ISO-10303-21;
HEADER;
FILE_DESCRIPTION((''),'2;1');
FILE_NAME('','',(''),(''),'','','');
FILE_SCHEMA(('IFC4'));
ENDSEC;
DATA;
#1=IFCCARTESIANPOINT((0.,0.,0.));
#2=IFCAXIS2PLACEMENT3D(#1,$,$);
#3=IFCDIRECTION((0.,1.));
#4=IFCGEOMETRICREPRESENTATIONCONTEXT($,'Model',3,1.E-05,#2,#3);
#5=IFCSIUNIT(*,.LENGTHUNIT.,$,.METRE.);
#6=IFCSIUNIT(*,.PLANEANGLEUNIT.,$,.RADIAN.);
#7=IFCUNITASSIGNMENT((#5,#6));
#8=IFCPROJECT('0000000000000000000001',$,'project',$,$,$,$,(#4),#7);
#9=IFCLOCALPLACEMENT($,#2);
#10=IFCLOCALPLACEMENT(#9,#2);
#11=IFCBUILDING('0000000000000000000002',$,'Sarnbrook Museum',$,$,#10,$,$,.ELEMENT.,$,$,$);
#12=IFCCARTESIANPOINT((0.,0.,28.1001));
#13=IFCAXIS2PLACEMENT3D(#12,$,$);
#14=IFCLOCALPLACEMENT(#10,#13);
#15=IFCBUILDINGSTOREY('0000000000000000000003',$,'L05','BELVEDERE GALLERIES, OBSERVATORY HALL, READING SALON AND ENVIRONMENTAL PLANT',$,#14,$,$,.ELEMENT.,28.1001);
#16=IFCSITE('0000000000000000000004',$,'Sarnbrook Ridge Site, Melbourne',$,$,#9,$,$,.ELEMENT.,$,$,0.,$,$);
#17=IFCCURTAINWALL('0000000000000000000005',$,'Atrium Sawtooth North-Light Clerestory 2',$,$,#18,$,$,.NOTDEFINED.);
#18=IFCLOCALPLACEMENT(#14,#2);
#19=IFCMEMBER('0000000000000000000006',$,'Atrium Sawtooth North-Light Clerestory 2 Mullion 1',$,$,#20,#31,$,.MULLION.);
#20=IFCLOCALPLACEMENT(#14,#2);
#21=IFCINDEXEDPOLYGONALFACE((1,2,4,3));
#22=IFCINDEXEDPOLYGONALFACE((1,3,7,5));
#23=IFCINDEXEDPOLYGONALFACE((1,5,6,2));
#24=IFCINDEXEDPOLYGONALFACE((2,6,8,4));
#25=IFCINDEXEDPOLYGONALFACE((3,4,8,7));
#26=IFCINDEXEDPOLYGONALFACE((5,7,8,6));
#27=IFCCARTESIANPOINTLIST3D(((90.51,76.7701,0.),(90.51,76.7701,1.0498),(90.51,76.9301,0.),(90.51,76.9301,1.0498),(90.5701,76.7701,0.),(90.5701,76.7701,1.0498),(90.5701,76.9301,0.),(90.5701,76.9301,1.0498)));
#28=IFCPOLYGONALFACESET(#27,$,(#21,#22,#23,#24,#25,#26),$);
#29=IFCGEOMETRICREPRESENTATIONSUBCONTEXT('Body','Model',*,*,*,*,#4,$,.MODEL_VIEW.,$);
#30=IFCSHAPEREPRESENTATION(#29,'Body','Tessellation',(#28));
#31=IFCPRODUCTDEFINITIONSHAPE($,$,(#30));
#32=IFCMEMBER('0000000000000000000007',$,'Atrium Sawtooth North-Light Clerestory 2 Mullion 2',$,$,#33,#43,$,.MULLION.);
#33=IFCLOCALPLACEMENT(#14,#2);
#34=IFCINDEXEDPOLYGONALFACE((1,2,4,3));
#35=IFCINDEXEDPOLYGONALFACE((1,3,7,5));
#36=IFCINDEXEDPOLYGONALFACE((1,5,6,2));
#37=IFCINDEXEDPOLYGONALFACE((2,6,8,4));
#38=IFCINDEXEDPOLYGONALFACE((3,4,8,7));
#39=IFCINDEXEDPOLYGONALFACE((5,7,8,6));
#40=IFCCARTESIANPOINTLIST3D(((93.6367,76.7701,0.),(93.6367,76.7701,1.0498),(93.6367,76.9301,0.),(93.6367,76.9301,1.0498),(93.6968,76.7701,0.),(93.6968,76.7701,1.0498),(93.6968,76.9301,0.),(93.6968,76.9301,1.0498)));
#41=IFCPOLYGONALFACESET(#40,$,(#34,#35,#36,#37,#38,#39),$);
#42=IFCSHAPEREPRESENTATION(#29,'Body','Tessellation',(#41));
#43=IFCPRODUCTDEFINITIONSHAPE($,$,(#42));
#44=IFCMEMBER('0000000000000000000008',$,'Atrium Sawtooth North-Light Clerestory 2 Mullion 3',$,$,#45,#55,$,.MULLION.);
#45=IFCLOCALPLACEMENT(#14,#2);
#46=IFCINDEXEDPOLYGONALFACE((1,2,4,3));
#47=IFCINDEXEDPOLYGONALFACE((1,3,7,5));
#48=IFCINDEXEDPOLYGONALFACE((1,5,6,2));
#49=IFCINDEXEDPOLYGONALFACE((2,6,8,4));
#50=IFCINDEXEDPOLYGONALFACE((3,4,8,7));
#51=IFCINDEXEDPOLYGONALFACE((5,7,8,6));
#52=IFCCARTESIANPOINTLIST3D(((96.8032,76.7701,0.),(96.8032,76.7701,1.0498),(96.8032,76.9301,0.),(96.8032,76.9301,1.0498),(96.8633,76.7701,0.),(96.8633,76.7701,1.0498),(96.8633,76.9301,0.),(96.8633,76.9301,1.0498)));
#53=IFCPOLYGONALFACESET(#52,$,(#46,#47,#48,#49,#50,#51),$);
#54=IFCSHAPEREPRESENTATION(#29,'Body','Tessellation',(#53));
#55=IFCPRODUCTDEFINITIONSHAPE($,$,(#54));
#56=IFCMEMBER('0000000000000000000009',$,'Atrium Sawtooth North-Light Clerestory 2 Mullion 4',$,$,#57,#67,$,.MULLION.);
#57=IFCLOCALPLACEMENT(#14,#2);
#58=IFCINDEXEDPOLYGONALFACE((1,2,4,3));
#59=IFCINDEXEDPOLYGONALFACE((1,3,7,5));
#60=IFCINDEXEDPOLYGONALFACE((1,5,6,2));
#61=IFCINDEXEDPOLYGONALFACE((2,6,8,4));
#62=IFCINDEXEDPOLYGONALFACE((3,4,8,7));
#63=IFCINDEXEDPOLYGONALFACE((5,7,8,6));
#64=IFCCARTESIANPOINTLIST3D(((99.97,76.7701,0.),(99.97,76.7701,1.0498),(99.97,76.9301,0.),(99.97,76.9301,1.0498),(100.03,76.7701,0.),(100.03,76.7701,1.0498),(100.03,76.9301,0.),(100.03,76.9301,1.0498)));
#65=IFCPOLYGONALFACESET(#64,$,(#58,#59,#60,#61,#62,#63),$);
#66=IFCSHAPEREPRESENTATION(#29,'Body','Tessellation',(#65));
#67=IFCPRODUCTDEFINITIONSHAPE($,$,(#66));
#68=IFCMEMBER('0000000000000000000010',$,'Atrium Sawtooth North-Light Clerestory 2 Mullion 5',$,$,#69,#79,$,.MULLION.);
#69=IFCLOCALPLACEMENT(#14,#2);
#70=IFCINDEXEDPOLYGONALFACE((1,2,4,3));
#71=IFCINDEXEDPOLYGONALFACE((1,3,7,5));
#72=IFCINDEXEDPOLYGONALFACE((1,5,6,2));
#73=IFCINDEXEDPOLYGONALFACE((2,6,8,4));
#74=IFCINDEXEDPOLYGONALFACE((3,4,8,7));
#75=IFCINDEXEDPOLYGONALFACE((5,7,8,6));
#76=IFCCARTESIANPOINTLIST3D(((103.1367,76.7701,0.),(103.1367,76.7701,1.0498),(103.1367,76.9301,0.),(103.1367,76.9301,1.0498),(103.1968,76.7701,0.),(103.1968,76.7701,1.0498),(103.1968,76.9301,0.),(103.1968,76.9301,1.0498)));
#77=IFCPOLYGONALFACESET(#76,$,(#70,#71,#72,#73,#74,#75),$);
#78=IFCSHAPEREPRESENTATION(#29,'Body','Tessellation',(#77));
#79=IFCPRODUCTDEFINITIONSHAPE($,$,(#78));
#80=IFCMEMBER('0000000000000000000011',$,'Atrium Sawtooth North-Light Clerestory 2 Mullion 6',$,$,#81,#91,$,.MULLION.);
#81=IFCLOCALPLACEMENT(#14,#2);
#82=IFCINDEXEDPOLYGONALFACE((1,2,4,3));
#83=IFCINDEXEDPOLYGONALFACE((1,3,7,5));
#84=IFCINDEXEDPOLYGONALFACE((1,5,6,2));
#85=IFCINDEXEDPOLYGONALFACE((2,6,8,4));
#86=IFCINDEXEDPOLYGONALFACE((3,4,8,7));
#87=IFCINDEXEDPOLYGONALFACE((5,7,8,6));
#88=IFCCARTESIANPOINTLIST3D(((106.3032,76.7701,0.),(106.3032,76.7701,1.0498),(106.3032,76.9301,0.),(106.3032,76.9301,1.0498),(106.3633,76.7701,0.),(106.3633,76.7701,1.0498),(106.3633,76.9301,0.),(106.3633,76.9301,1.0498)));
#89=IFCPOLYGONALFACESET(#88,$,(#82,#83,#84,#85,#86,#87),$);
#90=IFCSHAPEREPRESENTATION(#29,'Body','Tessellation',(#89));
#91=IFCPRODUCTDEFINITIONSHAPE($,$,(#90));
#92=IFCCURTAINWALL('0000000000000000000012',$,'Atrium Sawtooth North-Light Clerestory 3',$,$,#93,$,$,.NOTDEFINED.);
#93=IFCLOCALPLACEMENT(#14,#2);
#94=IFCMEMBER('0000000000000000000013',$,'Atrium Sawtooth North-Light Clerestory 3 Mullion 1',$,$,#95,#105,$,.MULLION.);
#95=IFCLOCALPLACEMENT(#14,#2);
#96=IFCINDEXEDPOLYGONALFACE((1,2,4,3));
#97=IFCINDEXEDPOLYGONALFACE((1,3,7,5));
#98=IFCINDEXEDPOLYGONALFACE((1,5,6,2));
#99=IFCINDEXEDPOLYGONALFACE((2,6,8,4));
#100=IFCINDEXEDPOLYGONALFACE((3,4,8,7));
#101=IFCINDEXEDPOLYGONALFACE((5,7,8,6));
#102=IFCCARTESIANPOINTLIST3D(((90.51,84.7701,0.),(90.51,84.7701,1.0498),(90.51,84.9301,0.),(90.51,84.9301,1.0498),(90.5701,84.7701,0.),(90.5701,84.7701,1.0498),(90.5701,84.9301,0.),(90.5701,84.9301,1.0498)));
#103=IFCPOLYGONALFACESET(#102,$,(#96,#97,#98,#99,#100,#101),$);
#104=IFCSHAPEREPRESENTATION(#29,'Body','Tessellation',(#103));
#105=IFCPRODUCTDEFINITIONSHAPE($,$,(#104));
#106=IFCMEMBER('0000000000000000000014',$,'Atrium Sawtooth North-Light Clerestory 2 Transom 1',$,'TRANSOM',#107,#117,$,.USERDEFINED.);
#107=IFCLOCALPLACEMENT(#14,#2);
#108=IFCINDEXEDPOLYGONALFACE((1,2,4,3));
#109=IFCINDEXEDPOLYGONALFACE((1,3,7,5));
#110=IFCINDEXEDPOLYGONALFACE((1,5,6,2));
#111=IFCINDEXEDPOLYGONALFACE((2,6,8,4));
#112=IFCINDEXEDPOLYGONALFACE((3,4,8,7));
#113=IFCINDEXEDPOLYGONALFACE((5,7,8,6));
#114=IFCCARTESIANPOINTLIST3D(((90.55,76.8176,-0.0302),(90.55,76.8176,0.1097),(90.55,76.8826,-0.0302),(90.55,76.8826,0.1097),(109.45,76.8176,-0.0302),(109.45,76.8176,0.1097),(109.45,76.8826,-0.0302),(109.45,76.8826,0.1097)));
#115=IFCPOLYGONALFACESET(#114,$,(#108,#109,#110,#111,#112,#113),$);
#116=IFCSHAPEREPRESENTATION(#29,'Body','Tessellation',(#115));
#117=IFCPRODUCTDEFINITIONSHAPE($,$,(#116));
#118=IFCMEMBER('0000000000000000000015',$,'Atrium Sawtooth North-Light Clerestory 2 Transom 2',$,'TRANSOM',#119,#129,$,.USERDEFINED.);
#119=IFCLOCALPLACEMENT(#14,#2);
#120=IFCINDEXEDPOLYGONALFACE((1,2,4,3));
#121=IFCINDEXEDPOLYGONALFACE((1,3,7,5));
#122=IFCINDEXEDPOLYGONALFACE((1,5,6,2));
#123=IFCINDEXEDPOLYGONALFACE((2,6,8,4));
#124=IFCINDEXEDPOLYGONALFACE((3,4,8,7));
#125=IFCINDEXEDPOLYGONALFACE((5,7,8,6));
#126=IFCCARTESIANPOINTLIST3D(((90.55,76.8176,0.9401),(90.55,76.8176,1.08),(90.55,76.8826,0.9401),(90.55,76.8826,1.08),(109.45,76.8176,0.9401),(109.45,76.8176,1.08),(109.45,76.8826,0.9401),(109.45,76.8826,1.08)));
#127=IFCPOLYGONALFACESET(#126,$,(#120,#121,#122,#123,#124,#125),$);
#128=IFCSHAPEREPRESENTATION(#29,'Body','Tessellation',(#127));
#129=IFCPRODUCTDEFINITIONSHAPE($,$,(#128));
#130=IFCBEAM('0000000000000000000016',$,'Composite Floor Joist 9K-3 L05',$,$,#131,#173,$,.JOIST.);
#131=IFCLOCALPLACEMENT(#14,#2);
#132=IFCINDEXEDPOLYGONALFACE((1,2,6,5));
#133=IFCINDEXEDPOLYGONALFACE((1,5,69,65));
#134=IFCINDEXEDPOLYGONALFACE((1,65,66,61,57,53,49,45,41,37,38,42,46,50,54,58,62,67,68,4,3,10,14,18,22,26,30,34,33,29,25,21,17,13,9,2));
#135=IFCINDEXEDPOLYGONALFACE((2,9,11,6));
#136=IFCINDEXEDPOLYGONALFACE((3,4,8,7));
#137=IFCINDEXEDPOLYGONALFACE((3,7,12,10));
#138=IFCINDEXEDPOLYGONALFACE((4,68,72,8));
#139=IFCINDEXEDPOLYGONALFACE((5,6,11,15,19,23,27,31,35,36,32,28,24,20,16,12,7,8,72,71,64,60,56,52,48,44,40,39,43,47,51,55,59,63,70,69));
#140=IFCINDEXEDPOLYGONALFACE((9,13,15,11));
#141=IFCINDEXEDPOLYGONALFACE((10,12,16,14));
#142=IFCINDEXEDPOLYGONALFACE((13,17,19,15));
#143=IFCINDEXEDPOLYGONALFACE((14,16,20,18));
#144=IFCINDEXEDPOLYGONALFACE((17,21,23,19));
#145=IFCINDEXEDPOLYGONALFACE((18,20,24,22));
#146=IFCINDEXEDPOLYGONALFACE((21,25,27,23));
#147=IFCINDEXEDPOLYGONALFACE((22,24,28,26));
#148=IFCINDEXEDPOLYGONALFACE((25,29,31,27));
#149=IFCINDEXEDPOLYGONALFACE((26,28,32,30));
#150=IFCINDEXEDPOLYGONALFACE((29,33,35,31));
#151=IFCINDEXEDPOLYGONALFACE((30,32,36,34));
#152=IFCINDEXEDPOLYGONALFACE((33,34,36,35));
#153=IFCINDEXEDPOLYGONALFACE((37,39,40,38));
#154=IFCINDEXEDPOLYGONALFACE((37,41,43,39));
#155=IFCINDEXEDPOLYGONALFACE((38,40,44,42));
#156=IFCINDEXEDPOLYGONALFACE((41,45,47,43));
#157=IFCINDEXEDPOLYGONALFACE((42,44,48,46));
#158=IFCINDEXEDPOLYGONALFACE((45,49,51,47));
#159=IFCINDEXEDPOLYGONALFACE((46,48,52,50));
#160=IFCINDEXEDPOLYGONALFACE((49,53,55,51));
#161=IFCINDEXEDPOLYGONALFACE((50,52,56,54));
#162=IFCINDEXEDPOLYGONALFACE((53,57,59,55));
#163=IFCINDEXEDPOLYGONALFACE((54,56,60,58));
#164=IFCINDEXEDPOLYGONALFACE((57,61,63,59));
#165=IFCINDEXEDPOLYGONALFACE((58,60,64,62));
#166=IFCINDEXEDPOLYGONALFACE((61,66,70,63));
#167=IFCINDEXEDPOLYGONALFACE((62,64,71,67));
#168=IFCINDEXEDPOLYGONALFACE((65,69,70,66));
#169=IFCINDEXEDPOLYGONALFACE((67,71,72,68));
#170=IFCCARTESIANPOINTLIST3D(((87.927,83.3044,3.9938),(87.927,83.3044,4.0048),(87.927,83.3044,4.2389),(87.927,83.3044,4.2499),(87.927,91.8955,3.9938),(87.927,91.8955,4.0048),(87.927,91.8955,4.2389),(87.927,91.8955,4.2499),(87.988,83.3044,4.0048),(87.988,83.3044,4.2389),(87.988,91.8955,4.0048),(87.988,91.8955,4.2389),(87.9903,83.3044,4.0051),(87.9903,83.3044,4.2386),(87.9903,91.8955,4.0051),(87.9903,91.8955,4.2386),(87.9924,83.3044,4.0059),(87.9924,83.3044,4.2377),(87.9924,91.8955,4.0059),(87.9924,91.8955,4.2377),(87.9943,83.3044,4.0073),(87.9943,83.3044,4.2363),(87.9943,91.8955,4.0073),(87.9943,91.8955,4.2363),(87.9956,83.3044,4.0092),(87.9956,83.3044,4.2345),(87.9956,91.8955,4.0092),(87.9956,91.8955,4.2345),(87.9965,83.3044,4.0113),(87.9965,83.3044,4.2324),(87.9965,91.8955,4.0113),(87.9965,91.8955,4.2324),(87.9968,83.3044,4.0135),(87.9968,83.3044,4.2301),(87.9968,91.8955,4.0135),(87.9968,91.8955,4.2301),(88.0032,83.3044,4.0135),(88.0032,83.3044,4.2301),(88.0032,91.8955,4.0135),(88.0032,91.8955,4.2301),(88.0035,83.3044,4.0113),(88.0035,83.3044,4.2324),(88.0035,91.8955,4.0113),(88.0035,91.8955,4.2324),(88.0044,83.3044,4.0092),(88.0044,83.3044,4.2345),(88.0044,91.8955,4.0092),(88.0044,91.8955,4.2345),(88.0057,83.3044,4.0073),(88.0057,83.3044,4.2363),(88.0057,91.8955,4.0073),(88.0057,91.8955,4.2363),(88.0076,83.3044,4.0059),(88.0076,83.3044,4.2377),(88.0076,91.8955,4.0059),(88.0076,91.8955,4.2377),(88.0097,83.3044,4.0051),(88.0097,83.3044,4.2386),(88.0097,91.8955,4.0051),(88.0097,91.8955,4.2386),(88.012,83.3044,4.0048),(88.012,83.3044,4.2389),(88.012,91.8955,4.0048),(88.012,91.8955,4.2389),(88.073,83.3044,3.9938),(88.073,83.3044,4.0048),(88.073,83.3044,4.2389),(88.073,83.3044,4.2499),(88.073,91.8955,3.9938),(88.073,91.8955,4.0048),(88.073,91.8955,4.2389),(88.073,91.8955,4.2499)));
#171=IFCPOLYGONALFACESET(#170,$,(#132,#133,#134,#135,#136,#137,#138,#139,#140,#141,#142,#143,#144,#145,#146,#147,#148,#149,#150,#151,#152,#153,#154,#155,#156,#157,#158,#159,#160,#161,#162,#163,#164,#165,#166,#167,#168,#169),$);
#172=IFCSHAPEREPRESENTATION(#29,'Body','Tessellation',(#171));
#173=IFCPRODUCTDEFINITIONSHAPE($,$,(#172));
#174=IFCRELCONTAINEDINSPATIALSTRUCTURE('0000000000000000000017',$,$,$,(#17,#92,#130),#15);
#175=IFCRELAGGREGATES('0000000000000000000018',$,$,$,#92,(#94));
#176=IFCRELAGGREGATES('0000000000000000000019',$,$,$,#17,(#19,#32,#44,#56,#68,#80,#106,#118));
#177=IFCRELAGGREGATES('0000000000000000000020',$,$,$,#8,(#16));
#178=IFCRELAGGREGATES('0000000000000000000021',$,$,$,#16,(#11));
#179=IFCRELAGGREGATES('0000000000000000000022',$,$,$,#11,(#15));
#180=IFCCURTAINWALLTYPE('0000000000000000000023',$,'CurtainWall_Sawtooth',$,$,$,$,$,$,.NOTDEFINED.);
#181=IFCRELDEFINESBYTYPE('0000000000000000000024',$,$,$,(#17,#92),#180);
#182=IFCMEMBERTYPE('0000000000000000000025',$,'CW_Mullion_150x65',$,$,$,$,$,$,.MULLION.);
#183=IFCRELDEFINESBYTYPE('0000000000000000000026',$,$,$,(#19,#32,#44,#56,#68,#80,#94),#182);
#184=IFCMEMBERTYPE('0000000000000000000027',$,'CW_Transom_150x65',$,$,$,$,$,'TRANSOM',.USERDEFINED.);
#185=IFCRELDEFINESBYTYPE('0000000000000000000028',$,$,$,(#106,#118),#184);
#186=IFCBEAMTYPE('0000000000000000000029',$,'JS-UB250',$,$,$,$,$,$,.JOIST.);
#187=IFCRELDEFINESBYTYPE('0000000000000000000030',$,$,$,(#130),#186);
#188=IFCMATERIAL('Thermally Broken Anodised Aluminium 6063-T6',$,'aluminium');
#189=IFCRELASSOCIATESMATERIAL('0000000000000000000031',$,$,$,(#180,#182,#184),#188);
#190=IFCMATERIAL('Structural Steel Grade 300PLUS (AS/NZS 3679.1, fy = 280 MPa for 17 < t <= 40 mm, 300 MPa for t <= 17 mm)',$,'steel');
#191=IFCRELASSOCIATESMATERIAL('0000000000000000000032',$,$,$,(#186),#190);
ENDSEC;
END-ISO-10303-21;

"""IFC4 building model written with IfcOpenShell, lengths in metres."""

from ifc_helpers import new_model, si_unit, direction, frame, origin, origin_2d, place, context, subcontext, project, spatial, rectangle, i_section, extrude, material, material_profile, profile_set, type_object, element, aggregate, save


model = new_model("IFC4")

# Units and contexts
model_context = context("Model", 3, precision=1e-05, world=origin(), true_north=direction((0.0, 1.0)))
body_context = subcontext(model_context, "Body", "Model", "MODEL_VIEW")
ifc_project = project(units=[si_unit("LENGTHUNIT", "METRE"), si_unit("PLANEANGLEUNIT", "RADIAN")], contexts=[model_context])

# Site, building, storey
site_placement = place(None, origin())
site = spatial("IfcSite", under=ifc_project, at=site_placement, Name="Sarnbrook Ridge Site, Melbourne", CompositionType="ELEMENT", RefElevation=0.0)
building_placement = place(site_placement, origin())
building = spatial("IfcBuilding", under=site, at=building_placement, Name="Sarnbrook Museum", CompositionType="ELEMENT")
storey_placement = place(building_placement, frame((0.0, 0.0, 28.1001)))
storey = spatial("IfcBuildingStorey", under=building, at=storey_placement, Name="L05", Description="BELVEDERE GALLERIES, OBSERVATORY HALL, READING SALON AND ENVIRONMENTAL PLANT", CompositionType="ELEMENT", Elevation=28.1001)

# Shared definitions
ifc_material_1 = material(Name="Structural Steel Grade 300PLUS (AS/NZS 3679.1, fy = 280 MPa for 17 < t <= 40 mm, 300 MPa for t <= 17 mm)", Category="steel")

# Curtain wall, members
ifc_material_2 = material(Name="Thermally Broken Anodised Aluminium 6063-T6", Category="aluminium")
curtain_wall_type = type_object("IfcCurtainWallType", Name="CurtainWall_Sawtooth", PredefinedType="NOTDEFINED", material=ifc_material_2)
curtain_wall_1_placement = place(storey_placement, origin())
curtain_wall_1 = element("IfcCurtainWall", 1, at=curtain_wall_1_placement, inside=storey, type_object=curtain_wall_type, Name="Atrium Sawtooth North-Light Clerestory 2", PredefinedType="NOTDEFINED")
ifc_material_profile_1 = material_profile(ifc_material_2, rectangle(XDim=0.0601, YDim=0.1599, at=origin_2d()), Name="ALU MULLION 60x160")
ifc_profile_set_1 = profile_set([ifc_material_profile_1], Name="Thermally Broken Anodised Aluminium 6063-T6")
member_type_1 = type_object("IfcMemberType", Name="CW_Mullion_150x65", PredefinedType="MULLION", material=ifc_profile_set_1)
member_1_placement = place(storey_placement, frame((90.54, 76.8501, 0.0), z_axis=(0.0, 0.0, 1.0), x_axis=(1.0, 0.0, 0.0)))
member_1 = element("IfcMember", 2, at=member_1_placement, type_object=member_type_1, Name="Atrium Sawtooth North-Light Clerestory 2 Mullion 1", PredefinedType="MULLION", context=body_context, shape_type="SweptSolid", body=[
    extrude(rectangle(XDim=0.0601, YDim=0.1599, at=origin_2d()), origin(), (0.0, 0.0, 1.0), 1.0498),
])
member_2_placement = place(storey_placement, frame((93.6667, 76.8501, 0.0), z_axis=(0.0, 0.0, 1.0), x_axis=(1.0, 0.0, 0.0)))
member_2 = element("IfcMember", 3, at=member_2_placement, type_object=member_type_1, Name="Atrium Sawtooth North-Light Clerestory 2 Mullion 2", PredefinedType="MULLION", context=body_context, shape_type="SweptSolid", body=[
    extrude(rectangle(XDim=0.0601, YDim=0.1599, at=origin_2d()), origin(), (0.0, 0.0, 1.0), 1.0498),
])
member_3_placement = place(storey_placement, frame((96.8333, 76.8501, 0.0), z_axis=(0.0, 0.0, 1.0), x_axis=(1.0, 0.0, 0.0)))
member_3 = element("IfcMember", 4, at=member_3_placement, type_object=member_type_1, Name="Atrium Sawtooth North-Light Clerestory 2 Mullion 3", PredefinedType="MULLION", context=body_context, shape_type="SweptSolid", body=[
    extrude(rectangle(XDim=0.0601, YDim=0.1599, at=origin_2d()), origin(), (0.0, 0.0, 1.0), 1.0498),
])
member_4_placement = place(storey_placement, frame((100.0, 76.8501, 0.0), z_axis=(0.0, 0.0, 1.0), x_axis=(1.0, 0.0, 0.0)))
member_4 = element("IfcMember", 5, at=member_4_placement, type_object=member_type_1, Name="Atrium Sawtooth North-Light Clerestory 2 Mullion 4", PredefinedType="MULLION", context=body_context, shape_type="SweptSolid", body=[
    extrude(rectangle(XDim=0.0601, YDim=0.1599, at=origin_2d()), origin(), (0.0, 0.0, 1.0), 1.0498),
])
member_5_placement = place(storey_placement, frame((103.1667, 76.8501, 0.0), z_axis=(0.0, 0.0, 1.0), x_axis=(1.0, 0.0, 0.0)))
member_5 = element("IfcMember", 6, at=member_5_placement, type_object=member_type_1, Name="Atrium Sawtooth North-Light Clerestory 2 Mullion 5", PredefinedType="MULLION", context=body_context, shape_type="SweptSolid", body=[
    extrude(rectangle(XDim=0.0601, YDim=0.1599, at=origin_2d()), origin(), (0.0, 0.0, 1.0), 1.0498),
])
member_6_placement = place(storey_placement, frame((106.3333, 76.8501, 0.0), z_axis=(0.0, 0.0, 1.0), x_axis=(1.0, 0.0, 0.0)))
member_6 = element("IfcMember", 7, at=member_6_placement, type_object=member_type_1, Name="Atrium Sawtooth North-Light Clerestory 2 Mullion 6", PredefinedType="MULLION", context=body_context, shape_type="SweptSolid", body=[
    extrude(rectangle(XDim=0.0601, YDim=0.1599, at=origin_2d()), origin(), (0.0, 0.0, 1.0), 1.0498),
])

# Curtain wall, member
curtain_wall_2_placement = place(storey_placement, origin())
curtain_wall_2 = element("IfcCurtainWall", 8, at=curtain_wall_2_placement, inside=storey, type_object=curtain_wall_type, Name="Atrium Sawtooth North-Light Clerestory 3", PredefinedType="NOTDEFINED")
member_7_placement = place(storey_placement, frame((90.54, 84.8501, 0.0), z_axis=(0.0, 0.0, 1.0), x_axis=(1.0, 0.0, 0.0)))
member_7 = element("IfcMember", 9, at=member_7_placement, type_object=member_type_1, Name="Atrium Sawtooth North-Light Clerestory 3 Mullion 1", PredefinedType="MULLION", context=body_context, shape_type="SweptSolid", body=[
    extrude(rectangle(XDim=0.0601, YDim=0.1599, at=origin_2d()), origin(), (0.0, 0.0, 1.0), 1.0498),
])
aggregate(curtain_wall_2, [member_7])

# Members
ifc_material_profile_2 = material_profile(ifc_material_2, rectangle(XDim=0.0649, YDim=0.1399, at=origin_2d()), Name="ALU TRANSOM 65x140")
ifc_profile_set_2 = profile_set([ifc_material_profile_2], Name="Thermally Broken Anodised Aluminium 6063-T6")
member_type_2 = type_object("IfcMemberType", Name="CW_Transom_150x65", ElementType="TRANSOM", PredefinedType="USERDEFINED", material=ifc_profile_set_2)
member_8_placement = place(storey_placement, frame((90.55, 76.8501, 0.0398), z_axis=(1.0, 0.0, 0.0), x_axis=(0.0, 1.0, 0.0)))
member_8 = element("IfcMember", 10, at=member_8_placement, type_object=member_type_2, Name="Atrium Sawtooth North-Light Clerestory 2 Transom 1", ObjectType="TRANSOM", PredefinedType="USERDEFINED", context=body_context, shape_type="SweptSolid", body=[
    extrude(rectangle(XDim=0.0649, YDim=0.1399, at=origin_2d()), origin(), (0.0, 0.0, 1.0), 18.8999),
])
member_9_placement = place(storey_placement, frame((90.55, 76.8501, 1.01), z_axis=(1.0, 0.0, 0.0), x_axis=(0.0, 1.0, 0.0)))
member_9 = element("IfcMember", 11, at=member_9_placement, type_object=member_type_2, Name="Atrium Sawtooth North-Light Clerestory 2 Transom 2", ObjectType="TRANSOM", PredefinedType="USERDEFINED", context=body_context, shape_type="SweptSolid", body=[
    extrude(rectangle(XDim=0.0649, YDim=0.1399, at=origin_2d()), origin(), (0.0, 0.0, 1.0), 18.8999),
])

# Beam
ifc_material_profile_3 = material_profile(ifc_material_1, i_section(OverallWidth=0.146, OverallDepth=0.2561, WebThickness=0.0063, FlangeThickness=0.011, FilletRadius=0.0088, at=origin_2d()), Name="250UB37.3")
ifc_profile_set_3 = profile_set([ifc_material_profile_3], Name="Structural Steel Grade 300PLUS (AS/NZS 3679.1, fy = 280 MPa for 17 < t <= 40 mm, 300 MPa for t <= 17 mm)")
beam_type_1 = type_object("IfcBeamType", Name="JS-UB250", PredefinedType="JOIST", material=ifc_profile_set_3)
beam_1_placement = place(storey_placement, frame((88.0, 83.3044, 4.1218), z_axis=(0.0, 1.0, 0.0), x_axis=(-1.0, 0.0, 0.0)))
element("IfcBeam", 12, at=beam_1_placement, inside=storey, type_object=beam_type_1, Name="Composite Floor Joist 9K-3 L05", PredefinedType="JOIST", context=body_context, shape_type="SweptSolid", body=[
    extrude(i_section(OverallWidth=0.146, OverallDepth=0.2561, WebThickness=0.0063, FlangeThickness=0.011, FilletRadius=0.0088, at=origin_2d()), origin(), (0.0, 0.0, 1.0), 8.5911),
])

aggregate(curtain_wall_1, [member_1, member_2, member_3, member_4, member_5, member_6, member_8, member_9])

save(model, "model.ifc")
